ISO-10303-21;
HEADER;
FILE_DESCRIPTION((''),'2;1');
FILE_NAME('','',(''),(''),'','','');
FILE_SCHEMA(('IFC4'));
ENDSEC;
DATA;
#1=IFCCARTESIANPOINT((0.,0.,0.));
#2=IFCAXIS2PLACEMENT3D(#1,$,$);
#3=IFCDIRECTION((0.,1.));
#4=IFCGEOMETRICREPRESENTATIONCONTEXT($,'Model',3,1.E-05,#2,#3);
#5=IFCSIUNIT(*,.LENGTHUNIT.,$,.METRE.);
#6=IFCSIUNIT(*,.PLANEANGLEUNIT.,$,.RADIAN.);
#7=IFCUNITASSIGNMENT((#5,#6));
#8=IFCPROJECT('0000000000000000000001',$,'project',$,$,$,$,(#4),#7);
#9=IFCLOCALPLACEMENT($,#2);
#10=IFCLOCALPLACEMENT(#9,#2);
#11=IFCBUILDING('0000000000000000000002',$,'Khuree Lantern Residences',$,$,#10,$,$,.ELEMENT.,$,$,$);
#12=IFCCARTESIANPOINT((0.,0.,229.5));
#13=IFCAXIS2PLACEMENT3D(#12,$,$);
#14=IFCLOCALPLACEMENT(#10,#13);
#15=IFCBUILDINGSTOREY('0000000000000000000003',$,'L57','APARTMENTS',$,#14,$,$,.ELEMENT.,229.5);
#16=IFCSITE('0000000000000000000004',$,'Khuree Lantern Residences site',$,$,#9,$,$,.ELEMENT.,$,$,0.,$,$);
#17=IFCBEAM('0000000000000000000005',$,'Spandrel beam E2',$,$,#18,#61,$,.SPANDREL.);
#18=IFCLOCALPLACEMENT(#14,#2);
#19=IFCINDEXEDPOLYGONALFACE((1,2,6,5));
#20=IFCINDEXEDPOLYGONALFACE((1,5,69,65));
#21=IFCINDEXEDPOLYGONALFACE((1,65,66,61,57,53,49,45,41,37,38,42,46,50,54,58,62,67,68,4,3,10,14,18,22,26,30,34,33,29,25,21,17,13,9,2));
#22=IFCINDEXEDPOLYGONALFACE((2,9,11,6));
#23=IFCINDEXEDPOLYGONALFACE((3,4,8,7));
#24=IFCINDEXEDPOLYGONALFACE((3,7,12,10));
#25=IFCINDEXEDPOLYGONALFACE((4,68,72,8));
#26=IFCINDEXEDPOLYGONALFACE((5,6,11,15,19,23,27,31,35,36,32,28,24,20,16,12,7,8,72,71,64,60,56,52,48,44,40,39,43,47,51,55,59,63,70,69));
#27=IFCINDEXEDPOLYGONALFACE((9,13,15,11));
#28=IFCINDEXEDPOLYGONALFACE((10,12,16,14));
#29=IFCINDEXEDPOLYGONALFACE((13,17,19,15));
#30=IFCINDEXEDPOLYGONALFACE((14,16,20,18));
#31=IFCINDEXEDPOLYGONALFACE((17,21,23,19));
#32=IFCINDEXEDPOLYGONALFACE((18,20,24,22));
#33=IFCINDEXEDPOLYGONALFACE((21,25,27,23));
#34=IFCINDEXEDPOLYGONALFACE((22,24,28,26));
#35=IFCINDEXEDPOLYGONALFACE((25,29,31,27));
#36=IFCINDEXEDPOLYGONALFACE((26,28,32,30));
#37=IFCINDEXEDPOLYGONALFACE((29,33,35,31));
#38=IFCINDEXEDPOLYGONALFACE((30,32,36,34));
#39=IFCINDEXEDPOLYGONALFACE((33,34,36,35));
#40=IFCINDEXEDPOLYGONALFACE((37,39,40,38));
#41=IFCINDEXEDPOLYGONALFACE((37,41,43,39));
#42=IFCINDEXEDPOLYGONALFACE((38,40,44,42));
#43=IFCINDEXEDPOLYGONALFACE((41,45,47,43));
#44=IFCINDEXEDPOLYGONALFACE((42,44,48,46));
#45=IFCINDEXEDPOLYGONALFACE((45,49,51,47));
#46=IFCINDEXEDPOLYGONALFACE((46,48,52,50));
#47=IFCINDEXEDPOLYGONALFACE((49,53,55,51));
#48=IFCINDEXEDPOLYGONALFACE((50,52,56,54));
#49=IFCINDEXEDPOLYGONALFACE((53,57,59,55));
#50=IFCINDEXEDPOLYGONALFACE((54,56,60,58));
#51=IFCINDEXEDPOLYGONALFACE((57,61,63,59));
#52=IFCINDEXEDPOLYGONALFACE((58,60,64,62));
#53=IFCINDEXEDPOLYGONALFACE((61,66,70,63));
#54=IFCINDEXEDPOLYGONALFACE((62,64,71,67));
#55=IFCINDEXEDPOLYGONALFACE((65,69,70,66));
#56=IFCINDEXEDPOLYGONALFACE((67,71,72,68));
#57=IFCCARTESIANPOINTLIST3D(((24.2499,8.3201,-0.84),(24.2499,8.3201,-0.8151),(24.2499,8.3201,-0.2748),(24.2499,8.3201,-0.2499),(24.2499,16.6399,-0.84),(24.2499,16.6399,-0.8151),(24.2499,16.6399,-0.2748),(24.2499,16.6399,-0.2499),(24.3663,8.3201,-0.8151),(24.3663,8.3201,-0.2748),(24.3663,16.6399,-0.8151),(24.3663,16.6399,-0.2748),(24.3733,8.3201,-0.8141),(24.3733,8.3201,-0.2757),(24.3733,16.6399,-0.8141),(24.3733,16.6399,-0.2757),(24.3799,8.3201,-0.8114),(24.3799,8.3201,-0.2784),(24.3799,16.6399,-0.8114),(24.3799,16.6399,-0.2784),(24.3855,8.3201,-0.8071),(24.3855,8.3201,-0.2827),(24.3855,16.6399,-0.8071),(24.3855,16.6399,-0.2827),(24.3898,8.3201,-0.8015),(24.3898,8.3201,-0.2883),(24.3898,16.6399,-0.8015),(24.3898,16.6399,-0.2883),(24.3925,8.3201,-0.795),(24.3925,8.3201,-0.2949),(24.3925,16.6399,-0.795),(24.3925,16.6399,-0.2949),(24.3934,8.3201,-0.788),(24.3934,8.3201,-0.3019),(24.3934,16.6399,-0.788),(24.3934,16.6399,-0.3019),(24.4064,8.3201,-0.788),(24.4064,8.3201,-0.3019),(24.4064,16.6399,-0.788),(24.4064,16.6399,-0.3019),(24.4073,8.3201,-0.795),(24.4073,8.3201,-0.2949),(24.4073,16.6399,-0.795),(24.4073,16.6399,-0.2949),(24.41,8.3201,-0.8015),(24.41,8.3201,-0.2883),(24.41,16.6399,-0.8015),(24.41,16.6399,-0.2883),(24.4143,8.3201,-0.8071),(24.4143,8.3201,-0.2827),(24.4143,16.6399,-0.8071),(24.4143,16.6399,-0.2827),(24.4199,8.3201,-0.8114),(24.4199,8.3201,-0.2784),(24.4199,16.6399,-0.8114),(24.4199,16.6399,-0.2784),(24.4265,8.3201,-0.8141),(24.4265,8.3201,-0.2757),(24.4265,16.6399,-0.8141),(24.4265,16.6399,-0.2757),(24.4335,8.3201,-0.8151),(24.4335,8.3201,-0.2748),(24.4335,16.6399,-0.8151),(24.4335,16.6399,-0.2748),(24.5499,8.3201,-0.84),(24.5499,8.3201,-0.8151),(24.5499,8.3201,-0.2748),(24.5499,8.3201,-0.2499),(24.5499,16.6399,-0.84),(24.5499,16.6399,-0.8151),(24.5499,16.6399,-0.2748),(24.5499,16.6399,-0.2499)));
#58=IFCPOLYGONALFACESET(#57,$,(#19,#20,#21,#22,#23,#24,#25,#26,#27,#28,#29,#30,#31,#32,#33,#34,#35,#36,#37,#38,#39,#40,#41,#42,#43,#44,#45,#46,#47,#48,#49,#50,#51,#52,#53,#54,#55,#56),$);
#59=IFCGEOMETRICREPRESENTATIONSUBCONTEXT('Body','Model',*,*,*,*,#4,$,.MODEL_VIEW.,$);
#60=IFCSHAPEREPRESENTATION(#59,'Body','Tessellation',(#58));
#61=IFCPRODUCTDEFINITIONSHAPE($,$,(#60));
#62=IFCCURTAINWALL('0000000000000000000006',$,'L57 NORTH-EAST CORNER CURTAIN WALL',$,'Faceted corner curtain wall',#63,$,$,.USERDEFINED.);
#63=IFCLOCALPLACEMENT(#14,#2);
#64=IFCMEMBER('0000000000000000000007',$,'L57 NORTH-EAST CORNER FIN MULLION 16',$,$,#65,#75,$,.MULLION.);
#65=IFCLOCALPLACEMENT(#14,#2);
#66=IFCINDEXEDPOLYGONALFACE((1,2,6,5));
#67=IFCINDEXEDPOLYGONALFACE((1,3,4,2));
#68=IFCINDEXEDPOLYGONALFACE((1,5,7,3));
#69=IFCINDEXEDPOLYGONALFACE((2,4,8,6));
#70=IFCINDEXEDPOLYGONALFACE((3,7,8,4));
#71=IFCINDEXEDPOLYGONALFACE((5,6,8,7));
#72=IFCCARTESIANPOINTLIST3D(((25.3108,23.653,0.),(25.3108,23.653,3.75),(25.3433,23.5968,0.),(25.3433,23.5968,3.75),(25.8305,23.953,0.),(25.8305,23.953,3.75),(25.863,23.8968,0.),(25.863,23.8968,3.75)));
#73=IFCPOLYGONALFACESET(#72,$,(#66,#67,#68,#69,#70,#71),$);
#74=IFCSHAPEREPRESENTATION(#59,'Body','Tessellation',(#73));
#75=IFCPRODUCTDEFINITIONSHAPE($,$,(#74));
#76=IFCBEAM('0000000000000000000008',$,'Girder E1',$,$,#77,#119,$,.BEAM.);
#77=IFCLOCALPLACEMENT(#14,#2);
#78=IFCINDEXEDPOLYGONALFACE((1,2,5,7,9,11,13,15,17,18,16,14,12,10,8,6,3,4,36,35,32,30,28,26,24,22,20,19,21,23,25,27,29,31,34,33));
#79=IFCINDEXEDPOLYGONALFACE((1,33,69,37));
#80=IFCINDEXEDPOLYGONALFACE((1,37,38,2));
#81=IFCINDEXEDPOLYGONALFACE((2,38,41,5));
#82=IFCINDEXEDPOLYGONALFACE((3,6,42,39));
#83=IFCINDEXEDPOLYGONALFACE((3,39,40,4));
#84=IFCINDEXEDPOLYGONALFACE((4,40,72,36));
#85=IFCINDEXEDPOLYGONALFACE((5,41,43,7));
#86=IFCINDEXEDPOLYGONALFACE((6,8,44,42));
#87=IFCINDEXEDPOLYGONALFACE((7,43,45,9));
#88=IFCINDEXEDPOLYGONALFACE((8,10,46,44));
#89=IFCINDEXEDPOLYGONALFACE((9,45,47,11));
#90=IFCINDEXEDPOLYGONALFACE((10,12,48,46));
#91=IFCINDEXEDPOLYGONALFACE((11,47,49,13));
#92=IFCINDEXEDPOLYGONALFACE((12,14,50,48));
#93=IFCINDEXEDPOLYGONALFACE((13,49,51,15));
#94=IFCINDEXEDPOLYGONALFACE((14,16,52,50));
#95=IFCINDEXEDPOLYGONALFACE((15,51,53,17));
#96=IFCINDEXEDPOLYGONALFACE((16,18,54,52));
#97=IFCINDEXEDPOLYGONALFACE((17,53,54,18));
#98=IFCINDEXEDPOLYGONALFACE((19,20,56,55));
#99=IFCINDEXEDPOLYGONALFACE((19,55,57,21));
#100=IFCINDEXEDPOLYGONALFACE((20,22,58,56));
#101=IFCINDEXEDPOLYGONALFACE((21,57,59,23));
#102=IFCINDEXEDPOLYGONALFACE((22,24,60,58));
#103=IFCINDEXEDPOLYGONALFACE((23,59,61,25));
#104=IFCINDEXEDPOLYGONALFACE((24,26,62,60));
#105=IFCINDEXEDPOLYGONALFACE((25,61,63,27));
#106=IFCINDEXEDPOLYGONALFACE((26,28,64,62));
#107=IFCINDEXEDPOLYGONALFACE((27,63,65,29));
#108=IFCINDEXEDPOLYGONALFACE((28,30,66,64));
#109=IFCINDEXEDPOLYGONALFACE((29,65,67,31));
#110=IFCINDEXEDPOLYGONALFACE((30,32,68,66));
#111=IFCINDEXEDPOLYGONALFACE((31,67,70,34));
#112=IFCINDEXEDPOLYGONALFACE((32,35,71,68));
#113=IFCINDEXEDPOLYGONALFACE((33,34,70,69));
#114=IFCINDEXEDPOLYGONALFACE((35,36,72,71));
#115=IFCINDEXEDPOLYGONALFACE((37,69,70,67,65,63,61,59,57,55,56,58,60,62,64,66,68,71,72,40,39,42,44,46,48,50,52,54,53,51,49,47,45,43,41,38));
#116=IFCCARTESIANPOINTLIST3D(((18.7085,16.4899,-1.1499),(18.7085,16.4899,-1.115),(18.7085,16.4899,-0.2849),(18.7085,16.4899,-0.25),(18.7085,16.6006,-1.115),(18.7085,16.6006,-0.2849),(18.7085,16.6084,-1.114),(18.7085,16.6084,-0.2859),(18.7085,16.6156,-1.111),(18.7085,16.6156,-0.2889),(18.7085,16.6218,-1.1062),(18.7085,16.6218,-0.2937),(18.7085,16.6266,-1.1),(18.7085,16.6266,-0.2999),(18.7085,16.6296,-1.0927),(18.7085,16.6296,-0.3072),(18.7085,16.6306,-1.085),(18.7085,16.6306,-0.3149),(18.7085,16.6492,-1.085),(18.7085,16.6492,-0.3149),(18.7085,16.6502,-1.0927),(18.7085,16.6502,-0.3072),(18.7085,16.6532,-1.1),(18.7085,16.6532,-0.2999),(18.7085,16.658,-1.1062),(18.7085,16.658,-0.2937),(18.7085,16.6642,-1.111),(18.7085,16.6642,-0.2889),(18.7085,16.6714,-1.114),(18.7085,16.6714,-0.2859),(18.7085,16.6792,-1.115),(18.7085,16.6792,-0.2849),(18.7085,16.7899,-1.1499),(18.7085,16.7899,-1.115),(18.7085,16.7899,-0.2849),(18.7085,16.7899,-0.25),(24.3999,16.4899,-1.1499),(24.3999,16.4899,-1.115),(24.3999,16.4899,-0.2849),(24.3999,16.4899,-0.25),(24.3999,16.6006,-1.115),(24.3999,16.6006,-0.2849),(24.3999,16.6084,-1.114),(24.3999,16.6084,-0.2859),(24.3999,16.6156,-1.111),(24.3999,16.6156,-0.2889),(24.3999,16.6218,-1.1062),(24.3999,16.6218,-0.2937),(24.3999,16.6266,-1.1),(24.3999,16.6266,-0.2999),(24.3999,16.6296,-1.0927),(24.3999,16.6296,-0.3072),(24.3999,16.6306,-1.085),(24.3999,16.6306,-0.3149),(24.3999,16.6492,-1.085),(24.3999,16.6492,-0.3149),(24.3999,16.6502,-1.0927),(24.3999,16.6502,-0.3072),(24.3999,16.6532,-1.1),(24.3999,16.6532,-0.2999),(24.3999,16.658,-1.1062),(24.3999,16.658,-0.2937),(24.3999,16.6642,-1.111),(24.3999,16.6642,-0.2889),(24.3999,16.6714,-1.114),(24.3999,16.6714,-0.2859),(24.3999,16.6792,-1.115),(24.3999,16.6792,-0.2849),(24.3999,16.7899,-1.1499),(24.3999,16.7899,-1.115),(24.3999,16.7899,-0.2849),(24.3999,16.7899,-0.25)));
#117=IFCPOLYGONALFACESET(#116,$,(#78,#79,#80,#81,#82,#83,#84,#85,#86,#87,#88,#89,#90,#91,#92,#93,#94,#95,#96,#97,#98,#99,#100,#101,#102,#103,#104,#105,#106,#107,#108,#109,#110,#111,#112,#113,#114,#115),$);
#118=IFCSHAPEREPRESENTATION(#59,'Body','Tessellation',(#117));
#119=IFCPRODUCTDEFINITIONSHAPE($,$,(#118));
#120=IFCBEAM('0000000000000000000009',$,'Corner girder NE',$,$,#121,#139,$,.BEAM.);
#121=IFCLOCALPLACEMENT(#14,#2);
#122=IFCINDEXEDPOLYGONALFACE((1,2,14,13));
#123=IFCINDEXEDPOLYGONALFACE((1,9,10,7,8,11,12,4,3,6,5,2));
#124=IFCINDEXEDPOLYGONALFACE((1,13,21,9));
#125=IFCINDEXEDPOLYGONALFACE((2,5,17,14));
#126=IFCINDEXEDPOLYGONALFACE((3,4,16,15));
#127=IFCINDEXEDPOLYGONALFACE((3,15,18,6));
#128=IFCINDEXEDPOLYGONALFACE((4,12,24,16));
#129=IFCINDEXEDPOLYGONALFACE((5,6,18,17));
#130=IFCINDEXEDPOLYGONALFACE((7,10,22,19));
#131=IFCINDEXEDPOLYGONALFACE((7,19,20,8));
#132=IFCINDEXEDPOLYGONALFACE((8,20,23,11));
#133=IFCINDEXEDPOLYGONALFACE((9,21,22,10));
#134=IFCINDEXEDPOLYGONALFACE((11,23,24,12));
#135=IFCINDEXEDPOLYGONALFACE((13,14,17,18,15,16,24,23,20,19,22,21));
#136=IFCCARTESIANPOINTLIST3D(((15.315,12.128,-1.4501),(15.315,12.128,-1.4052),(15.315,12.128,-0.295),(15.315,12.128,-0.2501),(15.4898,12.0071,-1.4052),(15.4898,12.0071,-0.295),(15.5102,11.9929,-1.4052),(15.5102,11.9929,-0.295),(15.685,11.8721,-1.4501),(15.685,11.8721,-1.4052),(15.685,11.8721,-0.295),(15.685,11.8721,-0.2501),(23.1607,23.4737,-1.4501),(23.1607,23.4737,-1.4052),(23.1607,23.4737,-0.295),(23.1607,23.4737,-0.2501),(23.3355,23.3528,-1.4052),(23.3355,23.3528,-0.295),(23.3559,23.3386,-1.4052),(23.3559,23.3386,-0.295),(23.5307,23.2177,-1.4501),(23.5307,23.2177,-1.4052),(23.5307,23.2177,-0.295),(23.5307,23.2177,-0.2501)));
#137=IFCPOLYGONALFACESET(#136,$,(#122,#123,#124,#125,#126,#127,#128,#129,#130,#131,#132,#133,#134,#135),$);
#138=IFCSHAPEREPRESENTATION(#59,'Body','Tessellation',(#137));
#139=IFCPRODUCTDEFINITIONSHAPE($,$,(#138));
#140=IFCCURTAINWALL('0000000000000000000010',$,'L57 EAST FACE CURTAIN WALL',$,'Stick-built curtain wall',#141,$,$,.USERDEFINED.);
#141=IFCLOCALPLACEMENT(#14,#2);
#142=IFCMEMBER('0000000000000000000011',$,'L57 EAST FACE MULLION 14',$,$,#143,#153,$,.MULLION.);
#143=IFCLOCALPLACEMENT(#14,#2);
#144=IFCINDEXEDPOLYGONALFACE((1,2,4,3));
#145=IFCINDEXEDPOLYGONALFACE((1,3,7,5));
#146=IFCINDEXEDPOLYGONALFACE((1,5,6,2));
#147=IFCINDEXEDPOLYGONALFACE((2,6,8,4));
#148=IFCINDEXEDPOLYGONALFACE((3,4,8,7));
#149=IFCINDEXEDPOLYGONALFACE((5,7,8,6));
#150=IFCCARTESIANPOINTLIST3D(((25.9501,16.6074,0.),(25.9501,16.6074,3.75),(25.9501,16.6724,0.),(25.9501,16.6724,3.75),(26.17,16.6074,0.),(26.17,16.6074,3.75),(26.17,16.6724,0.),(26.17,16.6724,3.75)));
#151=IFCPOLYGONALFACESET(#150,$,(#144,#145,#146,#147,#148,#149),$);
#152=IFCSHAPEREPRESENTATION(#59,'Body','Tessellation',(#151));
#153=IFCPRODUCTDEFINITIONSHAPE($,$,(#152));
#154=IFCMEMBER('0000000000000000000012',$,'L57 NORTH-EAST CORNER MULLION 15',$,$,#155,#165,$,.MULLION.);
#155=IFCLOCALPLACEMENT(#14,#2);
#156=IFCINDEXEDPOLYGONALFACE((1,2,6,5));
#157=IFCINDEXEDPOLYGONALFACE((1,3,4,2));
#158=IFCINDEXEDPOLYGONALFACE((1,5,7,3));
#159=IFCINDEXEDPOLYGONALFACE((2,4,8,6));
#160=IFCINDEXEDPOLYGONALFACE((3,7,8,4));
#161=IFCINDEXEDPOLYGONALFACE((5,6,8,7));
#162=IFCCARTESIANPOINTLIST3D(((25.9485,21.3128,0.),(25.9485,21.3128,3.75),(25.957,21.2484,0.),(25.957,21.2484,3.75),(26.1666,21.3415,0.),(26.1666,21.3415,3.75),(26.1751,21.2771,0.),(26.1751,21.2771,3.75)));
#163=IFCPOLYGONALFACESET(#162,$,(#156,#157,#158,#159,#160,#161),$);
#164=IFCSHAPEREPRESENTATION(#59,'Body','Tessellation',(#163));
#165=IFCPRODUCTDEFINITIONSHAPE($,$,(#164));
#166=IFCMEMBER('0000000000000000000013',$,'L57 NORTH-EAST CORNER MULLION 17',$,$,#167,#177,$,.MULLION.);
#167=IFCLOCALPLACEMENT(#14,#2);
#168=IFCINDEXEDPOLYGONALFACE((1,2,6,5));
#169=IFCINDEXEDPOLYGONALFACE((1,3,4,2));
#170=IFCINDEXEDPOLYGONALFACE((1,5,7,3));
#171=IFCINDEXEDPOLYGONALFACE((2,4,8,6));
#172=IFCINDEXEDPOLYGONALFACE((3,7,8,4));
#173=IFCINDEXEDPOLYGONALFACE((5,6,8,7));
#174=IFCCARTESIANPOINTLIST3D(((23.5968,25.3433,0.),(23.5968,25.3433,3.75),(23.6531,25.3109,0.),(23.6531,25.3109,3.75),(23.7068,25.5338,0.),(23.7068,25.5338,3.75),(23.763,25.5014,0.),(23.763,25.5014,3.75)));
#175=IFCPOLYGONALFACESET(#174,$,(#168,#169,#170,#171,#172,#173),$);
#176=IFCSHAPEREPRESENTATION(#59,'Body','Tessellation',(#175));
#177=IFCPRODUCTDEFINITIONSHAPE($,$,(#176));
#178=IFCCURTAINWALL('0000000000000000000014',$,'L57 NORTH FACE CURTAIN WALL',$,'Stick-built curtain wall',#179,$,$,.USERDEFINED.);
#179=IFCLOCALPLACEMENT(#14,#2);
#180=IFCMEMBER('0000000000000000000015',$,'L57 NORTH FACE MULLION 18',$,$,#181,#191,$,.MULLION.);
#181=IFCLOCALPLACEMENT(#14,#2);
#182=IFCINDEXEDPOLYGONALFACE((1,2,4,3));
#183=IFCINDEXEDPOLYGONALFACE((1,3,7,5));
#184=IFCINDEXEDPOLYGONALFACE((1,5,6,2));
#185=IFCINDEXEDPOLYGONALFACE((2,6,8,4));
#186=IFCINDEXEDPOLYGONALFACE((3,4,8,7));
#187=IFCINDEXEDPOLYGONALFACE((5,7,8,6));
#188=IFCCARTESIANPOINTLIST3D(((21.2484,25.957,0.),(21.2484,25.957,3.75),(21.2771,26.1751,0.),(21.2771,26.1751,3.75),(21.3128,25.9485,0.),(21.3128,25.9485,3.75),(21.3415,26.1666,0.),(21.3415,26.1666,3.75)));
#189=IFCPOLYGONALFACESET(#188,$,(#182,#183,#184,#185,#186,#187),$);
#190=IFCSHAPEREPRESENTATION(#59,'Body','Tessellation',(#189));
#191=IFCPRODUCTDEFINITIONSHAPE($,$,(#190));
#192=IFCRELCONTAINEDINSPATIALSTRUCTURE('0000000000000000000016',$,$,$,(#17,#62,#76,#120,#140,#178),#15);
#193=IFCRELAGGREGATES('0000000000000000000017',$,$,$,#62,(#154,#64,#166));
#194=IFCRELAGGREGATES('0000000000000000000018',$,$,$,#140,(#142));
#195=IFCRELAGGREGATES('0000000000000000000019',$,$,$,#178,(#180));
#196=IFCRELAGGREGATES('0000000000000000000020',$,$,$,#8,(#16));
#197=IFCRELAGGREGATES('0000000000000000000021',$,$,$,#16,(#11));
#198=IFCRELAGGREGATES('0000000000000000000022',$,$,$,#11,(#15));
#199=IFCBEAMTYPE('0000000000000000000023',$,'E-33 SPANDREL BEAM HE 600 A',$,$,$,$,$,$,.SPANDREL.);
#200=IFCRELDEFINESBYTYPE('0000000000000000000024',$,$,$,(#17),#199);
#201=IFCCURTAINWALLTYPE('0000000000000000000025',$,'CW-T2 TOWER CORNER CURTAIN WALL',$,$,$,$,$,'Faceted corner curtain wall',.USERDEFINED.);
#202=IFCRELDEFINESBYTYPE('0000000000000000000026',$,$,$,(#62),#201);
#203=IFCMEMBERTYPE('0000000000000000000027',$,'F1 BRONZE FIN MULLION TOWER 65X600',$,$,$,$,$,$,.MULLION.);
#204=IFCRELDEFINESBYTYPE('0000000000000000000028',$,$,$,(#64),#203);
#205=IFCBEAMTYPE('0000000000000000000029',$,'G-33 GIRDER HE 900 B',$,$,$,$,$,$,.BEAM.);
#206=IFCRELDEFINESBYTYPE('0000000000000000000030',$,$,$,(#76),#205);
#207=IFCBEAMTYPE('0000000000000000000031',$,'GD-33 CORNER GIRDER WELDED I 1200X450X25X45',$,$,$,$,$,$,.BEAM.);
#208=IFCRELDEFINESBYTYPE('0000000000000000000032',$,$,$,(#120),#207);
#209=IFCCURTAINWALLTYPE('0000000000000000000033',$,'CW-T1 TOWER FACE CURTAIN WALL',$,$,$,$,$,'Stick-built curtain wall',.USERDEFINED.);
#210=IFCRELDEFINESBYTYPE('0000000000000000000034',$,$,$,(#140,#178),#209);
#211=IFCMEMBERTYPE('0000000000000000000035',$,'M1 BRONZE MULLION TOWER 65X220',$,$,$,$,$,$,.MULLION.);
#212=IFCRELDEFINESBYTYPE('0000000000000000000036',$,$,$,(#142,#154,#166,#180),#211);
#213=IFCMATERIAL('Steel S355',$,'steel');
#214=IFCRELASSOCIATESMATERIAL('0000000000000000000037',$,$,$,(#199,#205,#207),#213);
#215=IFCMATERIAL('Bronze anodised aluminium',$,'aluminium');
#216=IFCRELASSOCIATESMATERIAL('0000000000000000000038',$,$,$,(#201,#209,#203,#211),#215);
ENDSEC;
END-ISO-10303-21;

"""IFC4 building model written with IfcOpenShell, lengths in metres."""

from ifc_helpers import new_model, si_unit, direction, frame, origin, origin_2d, place, context, subcontext, project, spatial, rectangle, i_section, extrude, material, material_profile, profile_set, type_object, element, aggregate, save


model = new_model("IFC4")

# Units and contexts
model_context = context("Model", 3, precision=1e-05, world=origin(), true_north=direction((0.0, 1.0)))
body_context = subcontext(model_context, "Body", "Model", "MODEL_VIEW")
ifc_project = project(units=[si_unit("LENGTHUNIT", "METRE"), si_unit("PLANEANGLEUNIT", "RADIAN")], contexts=[model_context])

# Site, building, storey
site_placement = place(None, origin())
site = spatial("IfcSite", under=ifc_project, at=site_placement, Name="Khuree Lantern Residences site", CompositionType="ELEMENT", RefElevation=0.0)
building_placement = place(site_placement, origin())
building = spatial("IfcBuilding", under=site, at=building_placement, Name="Khuree Lantern Residences", CompositionType="ELEMENT")
storey_placement = place(building_placement, frame((0.0, 0.0, 229.5)))
storey = spatial("IfcBuildingStorey", under=building, at=storey_placement, Name="L57", Description="APARTMENTS", CompositionType="ELEMENT", Elevation=229.5)

# Beam
ifc_material_1 = material(Name="Steel S355", Category="steel")
ifc_material_profile_1 = material_profile(ifc_material_1, i_section(OverallWidth=0.3, OverallDepth=0.5901, WebThickness=0.0129, FlangeThickness=0.0249, FilletRadius=0.0271, at=origin_2d()), Name="HE 600 A")
ifc_profile_set_1 = profile_set([ifc_material_profile_1], Name="Steel S355")
beam_type_1 = type_object("IfcBeamType", Name="E-33 SPANDREL BEAM HE 600 A", PredefinedType="SPANDREL", material=ifc_profile_set_1)
beam_1_placement = place(storey_placement, frame((24.3999, 16.6399, -0.5449), z_axis=(0.0, -1.0, 0.0), x_axis=(1.0, 0.0, 0.0)))
element("IfcBeam", 1, at=beam_1_placement, inside=storey, type_object=beam_type_1, Name="Spandrel beam E2", PredefinedType="SPANDREL", context=body_context, shape_type="SweptSolid", body=[
    extrude(i_section(OverallWidth=0.3, OverallDepth=0.5901, WebThickness=0.0129, FlangeThickness=0.0249, FilletRadius=0.0271, at=origin_2d()), origin(), (0.0, 0.0, 1.0), 8.3198),
])

# Curtain wall, member
ifc_material_2 = material(Name="Bronze anodised aluminium", Category="aluminium")
curtain_wall_type_1 = type_object("IfcCurtainWallType", Name="CW-T2 TOWER CORNER CURTAIN WALL", ElementType="Faceted corner curtain wall", PredefinedType="USERDEFINED", material=ifc_material_2)
curtain_wall_1_placement = place(storey_placement, origin())
curtain_wall_1 = element("IfcCurtainWall", 2, at=curtain_wall_1_placement, inside=storey, type_object=curtain_wall_type_1, Name="L57 NORTH-EAST CORNER CURTAIN WALL", ObjectType="Faceted corner curtain wall", PredefinedType="USERDEFINED")
ifc_material_profile_2 = material_profile(ifc_material_2, rectangle(XDim=0.0649, YDim=0.6001, at=origin_2d()), Name="F1 65X600")
ifc_profile_set_2 = profile_set([ifc_material_profile_2], Name="Bronze anodised aluminium")
member_type_1 = type_object("IfcMemberType", Name="F1 BRONZE FIN MULLION TOWER 65X600", PredefinedType="MULLION", material=ifc_profile_set_2)
member_1_placement = place(storey_placement, frame((25.5869, 23.7749, 0.0), z_axis=(0.0, 0.0, 1.0), x_axis=(-0.5, 0.866025, 0.0)))
member_1 = element("IfcMember", 3, at=member_1_placement, type_object=member_type_1, Name="L57 NORTH-EAST CORNER FIN MULLION 16", PredefinedType="MULLION", context=body_context, shape_type="SweptSolid", body=[
    extrude(rectangle(XDim=0.0649, YDim=0.6001, at=origin_2d()), origin(), (0.0, 0.0, 1.0), 3.75),
])

# Beams
ifc_material_profile_3 = material_profile(ifc_material_1, i_section(OverallWidth=0.3, OverallDepth=0.8999, WebThickness=0.0186, FlangeThickness=0.0349, FilletRadius=0.03, at=origin_2d()), Name="HE 900 B")
ifc_profile_set_3 = profile_set([ifc_material_profile_3], Name="Steel S355")
beam_type_2 = type_object("IfcBeamType", Name="G-33 GIRDER HE 900 B", PredefinedType="BEAM", material=ifc_profile_set_3)
beam_2_placement = place(storey_placement, frame((24.3999, 16.6399, -0.7), z_axis=(-1.0, 0.0, 0.0), x_axis=(0.0, -1.0, 0.0)))
element("IfcBeam", 4, at=beam_2_placement, inside=storey, type_object=beam_type_2, Name="Girder E1", PredefinedType="BEAM", context=body_context, shape_type="SweptSolid", body=[
    extrude(i_section(OverallWidth=0.3, OverallDepth=0.8999, WebThickness=0.0186, FlangeThickness=0.0349, FilletRadius=0.03, at=origin_2d()), origin(), (0.0, 0.0, 1.0), 5.6914),
])
ifc_material_profile_4 = material_profile(ifc_material_1, i_section(OverallWidth=0.45, OverallDepth=1.2, WebThickness=0.0249, FlangeThickness=0.0449, at=origin_2d()), Name="WELDED I 1200X450X25X45")
ifc_profile_set_4 = profile_set([ifc_material_profile_4], Name="Steel S355")
beam_type_3 = type_object("IfcBeamType", Name="GD-33 CORNER GIRDER WELDED I 1200X450X25X45", PredefinedType="BEAM", material=ifc_profile_set_4)
beam_3_placement = place(storey_placement, frame((23.3457, 23.3457, -0.8501), z_axis=(-0.568768, -0.822498, 0.0), x_axis=(0.822498, -0.568768, 0.0)))
element("IfcBeam", 5, at=beam_3_placement, inside=storey, type_object=beam_type_3, Name="Corner girder NE", PredefinedType="BEAM", context=body_context, shape_type="SweptSolid", body=[
    extrude(i_section(OverallWidth=0.45, OverallDepth=1.2, WebThickness=0.0249, FlangeThickness=0.0449, at=origin_2d()), origin(), (0.0, 0.0, 1.0), 13.7942),
])

# Curtain wall, member
curtain_wall_type_2 = type_object("IfcCurtainWallType", Name="CW-T1 TOWER FACE CURTAIN WALL", ElementType="Stick-built curtain wall", PredefinedType="USERDEFINED", material=ifc_material_2)
curtain_wall_2_placement = place(storey_placement, origin())
curtain_wall_2 = element("IfcCurtainWall", 6, at=curtain_wall_2_placement, inside=storey, type_object=curtain_wall_type_2, Name="L57 EAST FACE CURTAIN WALL", ObjectType="Stick-built curtain wall", PredefinedType="USERDEFINED")
ifc_material_profile_5 = material_profile(ifc_material_2, rectangle(XDim=0.0649, YDim=0.22, at=origin_2d()), Name="M1 65X220")
ifc_profile_set_5 = profile_set([ifc_material_profile_5], Name="Bronze anodised aluminium")
member_type_2 = type_object("IfcMemberType", Name="M1 BRONZE MULLION TOWER 65X220", PredefinedType="MULLION", material=ifc_profile_set_5)
member_2_placement = place(storey_placement, frame((26.0601, 16.6399, 0.0), z_axis=(0.0, 0.0, 1.0), x_axis=(0.0, 1.0, 0.0)))
member_2 = element("IfcMember", 7, at=member_2_placement, type_object=member_type_2, Name="L57 EAST FACE MULLION 14", PredefinedType="MULLION", context=body_context, shape_type="SweptSolid", body=[
    extrude(rectangle(XDim=0.0649, YDim=0.22, at=origin_2d()), origin(), (0.0, 0.0, 1.0), 3.75),
])

# Members
member_3_placement = place(storey_placement, frame((26.0618, 21.2949, 0.0), z_axis=(0.0, 0.0, 1.0), x_axis=(-0.130526, 0.991445, 0.0)))
member_3 = element("IfcMember", 8, at=member_3_placement, type_object=member_type_2, Name="L57 NORTH-EAST CORNER MULLION 15", PredefinedType="MULLION", context=body_context, shape_type="SweptSolid", body=[
    extrude(rectangle(XDim=0.0649, YDim=0.22, at=origin_2d()), origin(), (0.0, 0.0, 1.0), 3.75),
])
member_4_placement = place(storey_placement, frame((23.6799, 25.4224, 0.0), z_axis=(0.0, 0.0, 1.0), x_axis=(-0.866025, 0.5, 0.0)))
member_4 = element("IfcMember", 9, at=member_4_placement, type_object=member_type_2, Name="L57 NORTH-EAST CORNER MULLION 17", PredefinedType="MULLION", context=body_context, shape_type="SweptSolid", body=[
    extrude(rectangle(XDim=0.0649, YDim=0.22, at=origin_2d()), origin(), (0.0, 0.0, 1.0), 3.75),
])

# Curtain wall, member
curtain_wall_3_placement = place(storey_placement, origin())
curtain_wall_3 = element("IfcCurtainWall", 10, at=curtain_wall_3_placement, inside=storey, type_object=curtain_wall_type_2, Name="L57 NORTH FACE CURTAIN WALL", ObjectType="Stick-built curtain wall", PredefinedType="USERDEFINED")
member_5_placement = place(storey_placement, frame((21.2949, 26.0618, 0.0), z_axis=(0.0, 0.0, 1.0), x_axis=(-0.991445, 0.130526, 0.0)))
member_5 = element("IfcMember", 11, at=member_5_placement, type_object=member_type_2, Name="L57 NORTH FACE MULLION 18", PredefinedType="MULLION", context=body_context, shape_type="SweptSolid", body=[
    extrude(rectangle(XDim=0.0649, YDim=0.22, at=origin_2d()), origin(), (0.0, 0.0, 1.0), 3.75),
])

aggregate(curtain_wall_1, [member_3, member_1, member_4])
aggregate(curtain_wall_2, [member_2])
aggregate(curtain_wall_3, [member_5])

save(model, "model.ifc")
